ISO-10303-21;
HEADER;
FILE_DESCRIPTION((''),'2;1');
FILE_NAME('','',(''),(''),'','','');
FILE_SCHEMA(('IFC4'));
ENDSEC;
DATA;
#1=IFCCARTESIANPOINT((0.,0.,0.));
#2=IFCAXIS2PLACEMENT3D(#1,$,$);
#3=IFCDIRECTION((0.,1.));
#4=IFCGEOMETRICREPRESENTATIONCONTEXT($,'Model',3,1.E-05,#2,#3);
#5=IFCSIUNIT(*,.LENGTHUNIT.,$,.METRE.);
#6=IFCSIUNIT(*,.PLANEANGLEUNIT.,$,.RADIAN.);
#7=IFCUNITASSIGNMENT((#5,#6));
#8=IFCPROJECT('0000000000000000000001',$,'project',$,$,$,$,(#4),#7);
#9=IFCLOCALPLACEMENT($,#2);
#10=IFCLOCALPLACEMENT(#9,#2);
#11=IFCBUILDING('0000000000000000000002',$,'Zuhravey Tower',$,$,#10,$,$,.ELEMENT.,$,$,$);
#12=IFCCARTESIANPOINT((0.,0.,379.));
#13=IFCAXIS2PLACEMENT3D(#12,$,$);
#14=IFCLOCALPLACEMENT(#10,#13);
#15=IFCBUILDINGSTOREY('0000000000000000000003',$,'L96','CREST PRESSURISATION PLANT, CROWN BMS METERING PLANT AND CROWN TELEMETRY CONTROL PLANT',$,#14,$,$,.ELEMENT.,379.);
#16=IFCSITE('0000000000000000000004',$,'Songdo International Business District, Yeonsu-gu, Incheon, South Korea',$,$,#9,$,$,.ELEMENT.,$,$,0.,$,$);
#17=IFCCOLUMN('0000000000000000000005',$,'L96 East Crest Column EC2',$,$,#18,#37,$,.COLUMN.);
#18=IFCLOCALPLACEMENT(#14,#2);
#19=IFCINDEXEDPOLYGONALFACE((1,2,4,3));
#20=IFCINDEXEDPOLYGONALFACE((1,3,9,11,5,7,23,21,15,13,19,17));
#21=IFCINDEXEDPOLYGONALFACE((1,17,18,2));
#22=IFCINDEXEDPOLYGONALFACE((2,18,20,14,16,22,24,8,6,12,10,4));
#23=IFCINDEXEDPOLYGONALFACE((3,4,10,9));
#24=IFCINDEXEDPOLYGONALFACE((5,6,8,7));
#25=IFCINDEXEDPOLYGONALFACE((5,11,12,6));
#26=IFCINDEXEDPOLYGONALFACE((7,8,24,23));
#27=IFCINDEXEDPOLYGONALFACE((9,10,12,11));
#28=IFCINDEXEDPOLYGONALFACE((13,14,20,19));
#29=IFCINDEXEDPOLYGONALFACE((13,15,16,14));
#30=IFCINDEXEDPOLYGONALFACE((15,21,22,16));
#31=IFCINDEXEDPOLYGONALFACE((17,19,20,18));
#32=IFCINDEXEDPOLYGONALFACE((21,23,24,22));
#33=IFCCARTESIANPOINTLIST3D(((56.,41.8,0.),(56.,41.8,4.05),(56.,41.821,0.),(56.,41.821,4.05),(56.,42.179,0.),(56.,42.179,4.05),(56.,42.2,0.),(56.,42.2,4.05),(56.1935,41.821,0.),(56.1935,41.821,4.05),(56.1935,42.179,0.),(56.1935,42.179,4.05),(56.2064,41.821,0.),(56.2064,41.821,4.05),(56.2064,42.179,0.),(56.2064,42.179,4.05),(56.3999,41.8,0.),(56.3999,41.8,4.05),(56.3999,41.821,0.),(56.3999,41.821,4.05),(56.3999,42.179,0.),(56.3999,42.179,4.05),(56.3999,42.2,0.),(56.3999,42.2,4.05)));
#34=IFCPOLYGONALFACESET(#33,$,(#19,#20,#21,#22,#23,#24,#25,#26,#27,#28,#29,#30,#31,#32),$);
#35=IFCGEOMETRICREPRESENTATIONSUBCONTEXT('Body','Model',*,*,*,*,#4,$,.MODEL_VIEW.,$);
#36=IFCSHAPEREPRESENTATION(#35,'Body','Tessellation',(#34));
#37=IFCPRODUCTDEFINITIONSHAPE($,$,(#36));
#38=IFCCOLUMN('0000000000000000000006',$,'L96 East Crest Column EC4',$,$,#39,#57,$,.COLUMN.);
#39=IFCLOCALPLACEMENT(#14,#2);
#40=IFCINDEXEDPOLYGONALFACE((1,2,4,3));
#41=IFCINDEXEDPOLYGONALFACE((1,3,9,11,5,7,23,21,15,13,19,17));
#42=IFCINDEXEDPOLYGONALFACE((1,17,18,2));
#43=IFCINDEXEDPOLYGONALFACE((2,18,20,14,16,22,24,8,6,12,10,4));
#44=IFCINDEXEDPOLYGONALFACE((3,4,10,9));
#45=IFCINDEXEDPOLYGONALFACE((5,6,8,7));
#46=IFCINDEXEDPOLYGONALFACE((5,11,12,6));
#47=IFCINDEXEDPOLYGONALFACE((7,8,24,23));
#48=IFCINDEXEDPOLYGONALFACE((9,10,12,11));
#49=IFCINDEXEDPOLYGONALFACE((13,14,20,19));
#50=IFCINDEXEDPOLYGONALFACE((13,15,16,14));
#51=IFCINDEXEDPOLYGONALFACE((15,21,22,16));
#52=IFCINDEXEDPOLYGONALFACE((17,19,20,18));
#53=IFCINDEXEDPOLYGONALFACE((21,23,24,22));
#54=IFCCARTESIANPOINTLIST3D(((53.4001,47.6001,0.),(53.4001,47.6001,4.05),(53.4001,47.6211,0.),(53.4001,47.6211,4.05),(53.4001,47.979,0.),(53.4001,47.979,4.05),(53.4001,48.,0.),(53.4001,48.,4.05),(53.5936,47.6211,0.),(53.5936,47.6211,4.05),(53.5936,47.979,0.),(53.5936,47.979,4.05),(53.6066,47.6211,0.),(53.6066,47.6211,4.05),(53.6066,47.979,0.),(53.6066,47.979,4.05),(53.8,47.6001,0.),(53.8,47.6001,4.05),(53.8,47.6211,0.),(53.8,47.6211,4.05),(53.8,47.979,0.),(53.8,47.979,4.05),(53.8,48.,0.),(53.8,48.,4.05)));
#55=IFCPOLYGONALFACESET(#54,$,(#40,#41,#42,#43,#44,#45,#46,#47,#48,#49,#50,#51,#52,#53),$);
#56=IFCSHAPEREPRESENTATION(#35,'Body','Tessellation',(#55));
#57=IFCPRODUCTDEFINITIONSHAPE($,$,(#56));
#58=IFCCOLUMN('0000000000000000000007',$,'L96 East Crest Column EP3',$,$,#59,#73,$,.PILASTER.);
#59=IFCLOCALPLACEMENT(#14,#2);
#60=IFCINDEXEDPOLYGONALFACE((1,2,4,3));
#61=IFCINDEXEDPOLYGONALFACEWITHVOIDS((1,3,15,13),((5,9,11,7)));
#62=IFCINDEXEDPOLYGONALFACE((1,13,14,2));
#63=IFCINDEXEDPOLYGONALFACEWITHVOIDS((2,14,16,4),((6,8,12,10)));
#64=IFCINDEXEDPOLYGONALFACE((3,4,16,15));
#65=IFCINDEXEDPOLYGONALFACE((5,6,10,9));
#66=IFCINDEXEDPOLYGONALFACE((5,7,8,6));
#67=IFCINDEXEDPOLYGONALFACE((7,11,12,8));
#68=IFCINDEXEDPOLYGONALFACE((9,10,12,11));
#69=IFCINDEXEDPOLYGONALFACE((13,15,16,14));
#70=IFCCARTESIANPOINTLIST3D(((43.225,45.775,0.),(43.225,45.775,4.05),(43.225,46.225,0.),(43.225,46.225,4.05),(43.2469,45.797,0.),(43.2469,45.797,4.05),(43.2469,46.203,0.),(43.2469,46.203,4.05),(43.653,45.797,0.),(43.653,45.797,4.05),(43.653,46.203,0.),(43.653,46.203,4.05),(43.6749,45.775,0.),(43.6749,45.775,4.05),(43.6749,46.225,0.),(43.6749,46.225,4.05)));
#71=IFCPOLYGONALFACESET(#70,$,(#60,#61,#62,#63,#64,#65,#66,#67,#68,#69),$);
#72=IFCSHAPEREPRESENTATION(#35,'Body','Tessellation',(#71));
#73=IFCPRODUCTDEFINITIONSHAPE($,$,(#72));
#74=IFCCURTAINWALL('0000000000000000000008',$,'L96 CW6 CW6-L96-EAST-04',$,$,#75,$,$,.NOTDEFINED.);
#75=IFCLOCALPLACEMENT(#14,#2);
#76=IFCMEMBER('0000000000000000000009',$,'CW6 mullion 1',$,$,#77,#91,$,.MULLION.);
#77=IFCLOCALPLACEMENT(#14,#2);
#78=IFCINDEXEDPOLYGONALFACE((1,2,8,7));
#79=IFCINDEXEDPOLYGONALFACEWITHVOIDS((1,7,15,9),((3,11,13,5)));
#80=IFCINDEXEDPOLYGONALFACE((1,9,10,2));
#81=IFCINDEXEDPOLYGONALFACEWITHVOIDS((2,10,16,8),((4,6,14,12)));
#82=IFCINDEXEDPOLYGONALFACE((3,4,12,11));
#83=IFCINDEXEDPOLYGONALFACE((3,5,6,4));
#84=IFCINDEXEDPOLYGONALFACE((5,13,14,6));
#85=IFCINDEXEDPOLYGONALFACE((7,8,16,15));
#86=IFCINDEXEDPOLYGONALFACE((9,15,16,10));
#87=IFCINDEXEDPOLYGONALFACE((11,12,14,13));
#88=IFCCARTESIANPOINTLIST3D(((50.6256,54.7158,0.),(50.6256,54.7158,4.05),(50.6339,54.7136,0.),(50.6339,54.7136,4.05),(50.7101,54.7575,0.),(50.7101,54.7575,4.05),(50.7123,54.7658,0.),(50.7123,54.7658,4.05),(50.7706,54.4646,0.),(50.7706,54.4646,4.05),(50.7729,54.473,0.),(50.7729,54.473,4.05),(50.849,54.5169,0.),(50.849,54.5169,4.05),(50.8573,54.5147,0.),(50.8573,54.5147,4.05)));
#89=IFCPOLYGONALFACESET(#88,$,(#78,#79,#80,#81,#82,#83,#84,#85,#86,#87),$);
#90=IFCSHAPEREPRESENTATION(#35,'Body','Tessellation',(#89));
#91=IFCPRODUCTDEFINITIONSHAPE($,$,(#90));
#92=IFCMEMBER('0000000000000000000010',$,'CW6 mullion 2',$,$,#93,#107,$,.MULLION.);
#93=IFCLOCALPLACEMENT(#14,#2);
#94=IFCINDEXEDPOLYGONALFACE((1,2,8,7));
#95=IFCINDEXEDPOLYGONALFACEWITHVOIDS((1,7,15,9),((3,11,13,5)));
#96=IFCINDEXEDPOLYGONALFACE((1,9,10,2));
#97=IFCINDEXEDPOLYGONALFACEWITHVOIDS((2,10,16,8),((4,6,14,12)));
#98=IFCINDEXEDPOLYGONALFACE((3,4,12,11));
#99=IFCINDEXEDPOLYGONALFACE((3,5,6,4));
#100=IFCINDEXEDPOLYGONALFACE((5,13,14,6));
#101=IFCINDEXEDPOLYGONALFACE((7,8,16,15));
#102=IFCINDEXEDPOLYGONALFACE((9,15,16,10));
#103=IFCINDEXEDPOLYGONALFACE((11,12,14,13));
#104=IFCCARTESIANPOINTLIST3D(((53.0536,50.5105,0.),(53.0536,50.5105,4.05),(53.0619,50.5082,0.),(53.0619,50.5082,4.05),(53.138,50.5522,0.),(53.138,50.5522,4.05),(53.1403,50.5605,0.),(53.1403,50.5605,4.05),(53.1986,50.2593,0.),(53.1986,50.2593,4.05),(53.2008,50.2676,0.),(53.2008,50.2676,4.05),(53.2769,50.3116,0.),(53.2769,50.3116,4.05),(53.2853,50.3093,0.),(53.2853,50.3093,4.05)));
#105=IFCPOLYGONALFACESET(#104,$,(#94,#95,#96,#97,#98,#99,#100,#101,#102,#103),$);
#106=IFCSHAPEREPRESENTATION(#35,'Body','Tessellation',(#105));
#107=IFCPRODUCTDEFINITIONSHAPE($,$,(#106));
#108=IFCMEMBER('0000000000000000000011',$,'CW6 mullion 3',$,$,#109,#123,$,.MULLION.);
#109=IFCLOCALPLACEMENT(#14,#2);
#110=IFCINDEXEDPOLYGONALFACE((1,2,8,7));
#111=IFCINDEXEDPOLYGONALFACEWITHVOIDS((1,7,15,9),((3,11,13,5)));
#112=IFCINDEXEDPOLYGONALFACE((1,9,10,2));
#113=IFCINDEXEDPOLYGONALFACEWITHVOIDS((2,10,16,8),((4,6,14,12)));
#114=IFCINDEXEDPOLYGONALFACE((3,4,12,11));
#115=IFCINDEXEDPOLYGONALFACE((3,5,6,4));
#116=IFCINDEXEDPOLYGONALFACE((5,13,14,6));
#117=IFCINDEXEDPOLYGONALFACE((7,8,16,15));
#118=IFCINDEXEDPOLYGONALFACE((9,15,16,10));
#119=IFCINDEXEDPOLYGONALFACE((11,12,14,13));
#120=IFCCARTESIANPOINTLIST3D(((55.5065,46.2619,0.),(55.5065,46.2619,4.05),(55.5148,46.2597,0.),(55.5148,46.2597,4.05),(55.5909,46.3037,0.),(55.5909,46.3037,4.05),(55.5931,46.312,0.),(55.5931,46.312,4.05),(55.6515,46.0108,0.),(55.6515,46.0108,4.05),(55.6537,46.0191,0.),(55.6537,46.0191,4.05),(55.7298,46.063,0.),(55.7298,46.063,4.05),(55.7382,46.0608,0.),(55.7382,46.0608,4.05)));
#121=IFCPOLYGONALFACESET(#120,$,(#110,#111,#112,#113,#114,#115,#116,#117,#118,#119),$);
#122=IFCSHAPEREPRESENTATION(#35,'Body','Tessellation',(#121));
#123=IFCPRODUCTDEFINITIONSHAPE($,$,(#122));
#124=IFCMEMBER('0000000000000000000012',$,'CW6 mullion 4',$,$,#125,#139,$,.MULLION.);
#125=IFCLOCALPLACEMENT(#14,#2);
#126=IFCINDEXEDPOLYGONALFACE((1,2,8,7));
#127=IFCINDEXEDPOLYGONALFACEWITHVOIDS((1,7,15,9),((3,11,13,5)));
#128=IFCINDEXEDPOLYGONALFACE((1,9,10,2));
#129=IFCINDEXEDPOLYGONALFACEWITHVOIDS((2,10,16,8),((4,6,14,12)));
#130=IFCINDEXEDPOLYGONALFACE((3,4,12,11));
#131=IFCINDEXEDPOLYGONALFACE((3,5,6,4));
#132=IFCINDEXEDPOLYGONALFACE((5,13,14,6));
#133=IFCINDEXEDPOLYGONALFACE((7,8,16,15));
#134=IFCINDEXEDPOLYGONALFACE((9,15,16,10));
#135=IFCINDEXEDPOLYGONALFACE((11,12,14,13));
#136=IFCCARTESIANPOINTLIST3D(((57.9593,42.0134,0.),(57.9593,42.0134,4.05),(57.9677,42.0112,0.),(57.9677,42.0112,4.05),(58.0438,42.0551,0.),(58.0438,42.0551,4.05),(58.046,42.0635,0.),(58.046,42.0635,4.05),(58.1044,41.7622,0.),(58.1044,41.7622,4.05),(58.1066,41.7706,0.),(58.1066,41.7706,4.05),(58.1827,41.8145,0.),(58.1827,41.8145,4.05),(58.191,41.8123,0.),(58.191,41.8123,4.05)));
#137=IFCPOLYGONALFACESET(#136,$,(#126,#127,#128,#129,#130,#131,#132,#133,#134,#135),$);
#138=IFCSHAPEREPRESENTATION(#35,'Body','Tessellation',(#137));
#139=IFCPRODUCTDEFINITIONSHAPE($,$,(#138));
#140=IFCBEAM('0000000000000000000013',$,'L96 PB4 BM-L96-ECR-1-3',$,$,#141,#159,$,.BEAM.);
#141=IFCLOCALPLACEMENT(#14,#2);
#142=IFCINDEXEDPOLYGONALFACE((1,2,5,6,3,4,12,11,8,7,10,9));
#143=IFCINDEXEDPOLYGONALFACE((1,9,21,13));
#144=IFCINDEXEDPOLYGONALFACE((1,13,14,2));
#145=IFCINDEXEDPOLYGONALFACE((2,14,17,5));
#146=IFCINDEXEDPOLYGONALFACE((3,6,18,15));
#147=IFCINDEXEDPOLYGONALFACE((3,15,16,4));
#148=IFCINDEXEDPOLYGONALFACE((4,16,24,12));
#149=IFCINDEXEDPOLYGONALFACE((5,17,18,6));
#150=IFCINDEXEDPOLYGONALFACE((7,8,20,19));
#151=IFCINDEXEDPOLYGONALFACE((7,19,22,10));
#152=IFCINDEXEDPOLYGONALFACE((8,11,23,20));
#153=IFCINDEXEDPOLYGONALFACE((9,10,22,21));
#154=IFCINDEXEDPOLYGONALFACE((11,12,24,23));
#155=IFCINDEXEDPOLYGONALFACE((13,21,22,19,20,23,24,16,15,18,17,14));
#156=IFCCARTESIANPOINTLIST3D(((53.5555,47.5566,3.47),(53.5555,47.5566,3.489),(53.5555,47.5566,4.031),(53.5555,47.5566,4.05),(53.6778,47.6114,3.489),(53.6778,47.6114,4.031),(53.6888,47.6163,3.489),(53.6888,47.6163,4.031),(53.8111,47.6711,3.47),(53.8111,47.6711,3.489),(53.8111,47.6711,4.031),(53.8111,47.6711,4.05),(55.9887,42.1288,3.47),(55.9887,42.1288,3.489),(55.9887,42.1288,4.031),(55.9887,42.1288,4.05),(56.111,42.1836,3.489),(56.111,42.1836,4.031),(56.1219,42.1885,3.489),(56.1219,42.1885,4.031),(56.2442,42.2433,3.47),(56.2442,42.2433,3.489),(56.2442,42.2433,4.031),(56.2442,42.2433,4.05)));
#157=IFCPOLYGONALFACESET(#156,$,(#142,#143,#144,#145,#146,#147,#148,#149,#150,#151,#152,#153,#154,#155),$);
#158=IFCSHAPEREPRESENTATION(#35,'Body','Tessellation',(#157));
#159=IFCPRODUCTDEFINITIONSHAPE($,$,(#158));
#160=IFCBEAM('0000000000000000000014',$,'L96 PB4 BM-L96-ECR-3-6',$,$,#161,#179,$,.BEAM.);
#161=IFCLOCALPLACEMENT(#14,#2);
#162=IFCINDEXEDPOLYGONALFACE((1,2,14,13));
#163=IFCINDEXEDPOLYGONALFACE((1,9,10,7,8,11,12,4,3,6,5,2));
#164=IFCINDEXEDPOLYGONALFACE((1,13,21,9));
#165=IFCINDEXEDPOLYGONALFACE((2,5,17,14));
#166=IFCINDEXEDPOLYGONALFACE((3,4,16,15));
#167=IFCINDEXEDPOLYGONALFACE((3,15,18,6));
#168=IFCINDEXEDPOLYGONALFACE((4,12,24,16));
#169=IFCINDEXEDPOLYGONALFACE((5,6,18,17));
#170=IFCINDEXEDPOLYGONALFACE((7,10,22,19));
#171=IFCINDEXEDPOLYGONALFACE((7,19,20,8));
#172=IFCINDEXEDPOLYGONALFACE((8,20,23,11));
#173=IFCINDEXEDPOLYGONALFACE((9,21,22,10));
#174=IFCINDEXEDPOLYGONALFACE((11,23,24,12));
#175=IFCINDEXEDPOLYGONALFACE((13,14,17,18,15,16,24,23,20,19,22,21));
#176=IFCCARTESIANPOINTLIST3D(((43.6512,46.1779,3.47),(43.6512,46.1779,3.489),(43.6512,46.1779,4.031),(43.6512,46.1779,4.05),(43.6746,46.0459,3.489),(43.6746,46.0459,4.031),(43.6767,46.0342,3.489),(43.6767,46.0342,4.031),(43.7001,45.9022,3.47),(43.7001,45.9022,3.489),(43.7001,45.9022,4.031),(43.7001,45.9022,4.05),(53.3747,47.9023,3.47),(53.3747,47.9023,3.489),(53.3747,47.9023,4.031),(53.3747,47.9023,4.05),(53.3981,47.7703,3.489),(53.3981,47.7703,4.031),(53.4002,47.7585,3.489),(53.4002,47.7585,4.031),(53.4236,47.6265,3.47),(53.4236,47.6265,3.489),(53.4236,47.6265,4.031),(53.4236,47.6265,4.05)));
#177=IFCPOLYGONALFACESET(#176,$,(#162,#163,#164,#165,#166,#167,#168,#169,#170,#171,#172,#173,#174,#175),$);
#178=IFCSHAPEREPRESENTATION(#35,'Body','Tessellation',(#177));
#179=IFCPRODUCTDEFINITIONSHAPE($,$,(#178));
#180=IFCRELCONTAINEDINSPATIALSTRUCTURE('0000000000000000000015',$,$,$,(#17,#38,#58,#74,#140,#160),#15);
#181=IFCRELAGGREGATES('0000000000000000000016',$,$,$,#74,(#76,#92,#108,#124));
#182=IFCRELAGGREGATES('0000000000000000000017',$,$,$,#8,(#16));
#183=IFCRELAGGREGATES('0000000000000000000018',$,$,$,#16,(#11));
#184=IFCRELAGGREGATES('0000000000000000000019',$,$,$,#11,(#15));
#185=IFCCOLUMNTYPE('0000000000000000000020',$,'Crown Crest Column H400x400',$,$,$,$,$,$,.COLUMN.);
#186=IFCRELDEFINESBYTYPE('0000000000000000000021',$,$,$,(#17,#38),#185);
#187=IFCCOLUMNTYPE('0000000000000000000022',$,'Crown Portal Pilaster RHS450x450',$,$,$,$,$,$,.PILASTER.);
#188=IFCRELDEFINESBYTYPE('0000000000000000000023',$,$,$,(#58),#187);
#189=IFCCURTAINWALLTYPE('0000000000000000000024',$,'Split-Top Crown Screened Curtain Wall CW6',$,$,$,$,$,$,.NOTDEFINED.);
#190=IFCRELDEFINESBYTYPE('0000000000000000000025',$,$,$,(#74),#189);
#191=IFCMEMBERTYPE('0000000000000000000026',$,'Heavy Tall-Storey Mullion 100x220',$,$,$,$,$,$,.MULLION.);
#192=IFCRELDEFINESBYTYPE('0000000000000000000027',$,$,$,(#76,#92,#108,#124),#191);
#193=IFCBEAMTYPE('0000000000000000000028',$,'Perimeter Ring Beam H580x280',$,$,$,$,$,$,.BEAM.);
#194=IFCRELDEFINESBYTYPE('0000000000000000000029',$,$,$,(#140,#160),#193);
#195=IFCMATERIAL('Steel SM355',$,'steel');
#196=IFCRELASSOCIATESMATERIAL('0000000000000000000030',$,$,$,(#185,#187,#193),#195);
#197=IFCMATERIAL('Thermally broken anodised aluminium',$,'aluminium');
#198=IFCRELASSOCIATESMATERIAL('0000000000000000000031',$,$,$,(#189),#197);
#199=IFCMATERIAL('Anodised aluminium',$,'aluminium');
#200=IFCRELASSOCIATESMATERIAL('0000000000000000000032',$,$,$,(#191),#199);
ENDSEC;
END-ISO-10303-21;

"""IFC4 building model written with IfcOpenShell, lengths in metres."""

from ifc_helpers import new_model, si_unit, direction, frame, origin, origin_2d, place, context, subcontext, project, spatial, hollow_rectangle, i_section, extrude, material, material_profile, profile_set, type_object, element, aggregate, save


model = new_model("IFC4")

# Units and contexts
model_context = context("Model", 3, precision=1e-05, world=origin(), true_north=direction((0.0, 1.0)))
body_context = subcontext(model_context, "Body", "Model", "MODEL_VIEW")
ifc_project = project(units=[si_unit("LENGTHUNIT", "METRE"), si_unit("PLANEANGLEUNIT", "RADIAN")], contexts=[model_context])

# Site, building, storey
site_placement = place(None, origin())
site = spatial("IfcSite", under=ifc_project, at=site_placement, Name="Songdo International Business District, Yeonsu-gu, Incheon, South Korea", CompositionType="ELEMENT", RefElevation=0.0)
building_placement = place(site_placement, origin())
building = spatial("IfcBuilding", under=site, at=building_placement, Name="Zuhravey Tower", CompositionType="ELEMENT")
storey_placement = place(building_placement, frame((0.0, 0.0, 379.0)))
storey = spatial("IfcBuildingStorey", under=building, at=storey_placement, Name="L96", Description="CREST PRESSURISATION PLANT, CROWN BMS METERING PLANT AND CROWN TELEMETRY CONTROL PLANT", CompositionType="ELEMENT", Elevation=379.0)

# Columns
ifc_material_1 = material(Name="Steel SM355", Category="steel")
ifc_material_profile_1 = material_profile(ifc_material_1, i_section(OverallWidth=0.3999, OverallDepth=0.3999, WebThickness=0.0129, FlangeThickness=0.021, at=origin_2d()), Name="H-400x400x13x21")
ifc_profile_set_1 = profile_set([ifc_material_profile_1], Name="Steel SM355")
column_type_1 = type_object("IfcColumnType", Name="Crown Crest Column H400x400", PredefinedType="COLUMN", material=ifc_profile_set_1)
for number, where, z_axis, x_axis, name in (
    (1, (56.2, 42.0, 0.0), (0.0, 0.0, 1.0), (1.0, 0.0, 0.0), "L96 East Crest Column EC2"),
    (2, (53.6001, 47.8, 0.0), (0.0, 0.0, 1.0), (1.0, 0.0, 0.0), "L96 East Crest Column EC4"),
):
    element("IfcColumn", number, at=place(storey_placement, frame(where, z_axis=z_axis, x_axis=x_axis)), inside=storey, type_object=column_type_1, Name=name, PredefinedType="COLUMN", context=body_context, shape_type="SweptSolid", body=[
        extrude(i_section(OverallWidth=0.3999, OverallDepth=0.3999, WebThickness=0.0129, FlangeThickness=0.021, at=origin_2d()), origin(), (0.0, 0.0, 1.0), 4.05),
    ])
ifc_material_profile_2 = material_profile(ifc_material_1, hollow_rectangle(XDim=0.45, YDim=0.45, WallThickness=0.022, at=origin_2d()), Name="RHS-450x450x22")
ifc_profile_set_2 = profile_set([ifc_material_profile_2], Name="Steel SM355")
column_type_2 = type_object("IfcColumnType", Name="Crown Portal Pilaster RHS450x450", PredefinedType="PILASTER", material=ifc_profile_set_2)
column_placement = place(storey_placement, frame((43.45, 46.0, 0.0), z_axis=(0.0, 0.0, 1.0), x_axis=(1.0, 0.0, 0.0)))
element("IfcColumn", 3, at=column_placement, inside=storey, type_object=column_type_2, Name="L96 East Crest Column EP3", PredefinedType="PILASTER", context=body_context, shape_type="SweptSolid", body=[
    extrude(hollow_rectangle(XDim=0.45, YDim=0.45, WallThickness=0.022, at=origin_2d()), origin(), (0.0, 0.0, 1.0), 4.05),
])

# Curtain wall, members
ifc_material_2 = material(Name="Thermally broken anodised aluminium", Category="aluminium")
curtain_wall_type = type_object("IfcCurtainWallType", Name="Split-Top Crown Screened Curtain Wall CW6", PredefinedType="NOTDEFINED", material=ifc_material_2)
curtain_wall_placement = place(storey_placement, origin())
curtain_wall = element("IfcCurtainWall", 4, at=curtain_wall_placement, inside=storey, type_object=curtain_wall_type, Name="L96 CW6 CW6-L96-EAST-04", PredefinedType="NOTDEFINED")
ifc_material_3 = material(Name="Anodised aluminium", Category="aluminium")
ifc_material_profile_3 = material_profile(ifc_material_3, hollow_rectangle(XDim=0.1001, YDim=0.29, WallThickness=0.0061, at=origin_2d()), Name="ALU-RHS-100x290x6")
ifc_profile_set_3 = profile_set([ifc_material_profile_3], Name="Anodised aluminium")
member_type_1 = type_object("IfcMemberType", Name="Heavy Tall-Storey Mullion 100x220", PredefinedType="MULLION", material=ifc_profile_set_3)
member_1_placement = place(storey_placement, frame((50.7415, 54.6152, 0.0), z_axis=(0.0, 0.0, 1.0), x_axis=(0.866027, 0.499997, 0.0)))
member_1 = element("IfcMember", 5, at=member_1_placement, type_object=member_type_1, Name="CW6 mullion 1", PredefinedType="MULLION", context=body_context, shape_type="SweptSolid", body=[
    extrude(hollow_rectangle(XDim=0.1001, YDim=0.29, WallThickness=0.0061, at=origin_2d()), origin(), (0.0, 0.0, 1.0), 4.05),
])
member_2_placement = place(storey_placement, frame((53.1694, 50.4099, 0.0), z_axis=(0.0, 0.0, 1.0), x_axis=(0.866027, 0.499997, 0.0)))
member_2 = element("IfcMember", 6, at=member_2_placement, type_object=member_type_1, Name="CW6 mullion 2", PredefinedType="MULLION", context=body_context, shape_type="SweptSolid", body=[
    extrude(hollow_rectangle(XDim=0.1001, YDim=0.29, WallThickness=0.0061, at=origin_2d()), origin(), (0.0, 0.0, 1.0), 4.05),
])
member_3_placement = place(storey_placement, frame((55.6223, 46.1614, 0.0), z_axis=(0.0, 0.0, 1.0), x_axis=(0.866027, 0.499997, 0.0)))
member_3 = element("IfcMember", 7, at=member_3_placement, type_object=member_type_1, Name="CW6 mullion 3", PredefinedType="MULLION", context=body_context, shape_type="SweptSolid", body=[
    extrude(hollow_rectangle(XDim=0.1001, YDim=0.29, WallThickness=0.0061, at=origin_2d()), origin(), (0.0, 0.0, 1.0), 4.05),
])
member_4_placement = place(storey_placement, frame((58.0752, 41.9128, 0.0), z_axis=(0.0, 0.0, 1.0), x_axis=(0.866027, 0.499997, 0.0)))
member_4 = element("IfcMember", 8, at=member_4_placement, type_object=member_type_1, Name="CW6 mullion 4", PredefinedType="MULLION", context=body_context, shape_type="SweptSolid", body=[
    extrude(hollow_rectangle(XDim=0.1001, YDim=0.29, WallThickness=0.0061, at=origin_2d()), origin(), (0.0, 0.0, 1.0), 4.05),
])

# Beams
ifc_material_profile_4 = material_profile(ifc_material_1, i_section(OverallWidth=0.28, OverallDepth=0.5801, WebThickness=0.012, FlangeThickness=0.019, at=origin_2d()), Name="H-580x280x12x19")
ifc_profile_set_4 = profile_set([ifc_material_profile_4], Name="Steel SM355")
beam_type = type_object("IfcBeamType", Name="Perimeter Ring Beam H580x280", PredefinedType="BEAM", material=ifc_profile_set_4)
beam_1_placement = place(storey_placement, frame((56.1165, 42.186, 3.76), z_axis=(-0.409054, 0.91251, 0.0), x_axis=(-0.91251, -0.409054, 0.0)))
element("IfcBeam", 9, at=beam_1_placement, inside=storey, type_object=beam_type, Name="L96 PB4 BM-L96-ECR-1-3", PredefinedType="BEAM", context=body_context, shape_type="SweptSolid", body=[
    extrude(i_section(OverallWidth=0.28, OverallDepth=0.5801, WebThickness=0.012, FlangeThickness=0.019, at=origin_2d()), origin(), (0.0, 0.0, 1.0), 5.9482),
])
beam_2_placement = place(storey_placement, frame((53.3992, 47.7644, 3.76), z_axis=(-0.984637, -0.174613, 0.0), x_axis=(0.174613, -0.984637, 0.0)))
element("IfcBeam", 10, at=beam_2_placement, inside=storey, type_object=beam_type, Name="L96 PB4 BM-L96-ECR-3-6", PredefinedType="BEAM", context=body_context, shape_type="SweptSolid", body=[
    extrude(i_section(OverallWidth=0.28, OverallDepth=0.5801, WebThickness=0.012, FlangeThickness=0.019, at=origin_2d()), origin(), (0.0, 0.0, 1.0), 9.8752),
])

aggregate(curtain_wall, [member_1, member_2, member_3, member_4])

save(model, "model.ifc")
